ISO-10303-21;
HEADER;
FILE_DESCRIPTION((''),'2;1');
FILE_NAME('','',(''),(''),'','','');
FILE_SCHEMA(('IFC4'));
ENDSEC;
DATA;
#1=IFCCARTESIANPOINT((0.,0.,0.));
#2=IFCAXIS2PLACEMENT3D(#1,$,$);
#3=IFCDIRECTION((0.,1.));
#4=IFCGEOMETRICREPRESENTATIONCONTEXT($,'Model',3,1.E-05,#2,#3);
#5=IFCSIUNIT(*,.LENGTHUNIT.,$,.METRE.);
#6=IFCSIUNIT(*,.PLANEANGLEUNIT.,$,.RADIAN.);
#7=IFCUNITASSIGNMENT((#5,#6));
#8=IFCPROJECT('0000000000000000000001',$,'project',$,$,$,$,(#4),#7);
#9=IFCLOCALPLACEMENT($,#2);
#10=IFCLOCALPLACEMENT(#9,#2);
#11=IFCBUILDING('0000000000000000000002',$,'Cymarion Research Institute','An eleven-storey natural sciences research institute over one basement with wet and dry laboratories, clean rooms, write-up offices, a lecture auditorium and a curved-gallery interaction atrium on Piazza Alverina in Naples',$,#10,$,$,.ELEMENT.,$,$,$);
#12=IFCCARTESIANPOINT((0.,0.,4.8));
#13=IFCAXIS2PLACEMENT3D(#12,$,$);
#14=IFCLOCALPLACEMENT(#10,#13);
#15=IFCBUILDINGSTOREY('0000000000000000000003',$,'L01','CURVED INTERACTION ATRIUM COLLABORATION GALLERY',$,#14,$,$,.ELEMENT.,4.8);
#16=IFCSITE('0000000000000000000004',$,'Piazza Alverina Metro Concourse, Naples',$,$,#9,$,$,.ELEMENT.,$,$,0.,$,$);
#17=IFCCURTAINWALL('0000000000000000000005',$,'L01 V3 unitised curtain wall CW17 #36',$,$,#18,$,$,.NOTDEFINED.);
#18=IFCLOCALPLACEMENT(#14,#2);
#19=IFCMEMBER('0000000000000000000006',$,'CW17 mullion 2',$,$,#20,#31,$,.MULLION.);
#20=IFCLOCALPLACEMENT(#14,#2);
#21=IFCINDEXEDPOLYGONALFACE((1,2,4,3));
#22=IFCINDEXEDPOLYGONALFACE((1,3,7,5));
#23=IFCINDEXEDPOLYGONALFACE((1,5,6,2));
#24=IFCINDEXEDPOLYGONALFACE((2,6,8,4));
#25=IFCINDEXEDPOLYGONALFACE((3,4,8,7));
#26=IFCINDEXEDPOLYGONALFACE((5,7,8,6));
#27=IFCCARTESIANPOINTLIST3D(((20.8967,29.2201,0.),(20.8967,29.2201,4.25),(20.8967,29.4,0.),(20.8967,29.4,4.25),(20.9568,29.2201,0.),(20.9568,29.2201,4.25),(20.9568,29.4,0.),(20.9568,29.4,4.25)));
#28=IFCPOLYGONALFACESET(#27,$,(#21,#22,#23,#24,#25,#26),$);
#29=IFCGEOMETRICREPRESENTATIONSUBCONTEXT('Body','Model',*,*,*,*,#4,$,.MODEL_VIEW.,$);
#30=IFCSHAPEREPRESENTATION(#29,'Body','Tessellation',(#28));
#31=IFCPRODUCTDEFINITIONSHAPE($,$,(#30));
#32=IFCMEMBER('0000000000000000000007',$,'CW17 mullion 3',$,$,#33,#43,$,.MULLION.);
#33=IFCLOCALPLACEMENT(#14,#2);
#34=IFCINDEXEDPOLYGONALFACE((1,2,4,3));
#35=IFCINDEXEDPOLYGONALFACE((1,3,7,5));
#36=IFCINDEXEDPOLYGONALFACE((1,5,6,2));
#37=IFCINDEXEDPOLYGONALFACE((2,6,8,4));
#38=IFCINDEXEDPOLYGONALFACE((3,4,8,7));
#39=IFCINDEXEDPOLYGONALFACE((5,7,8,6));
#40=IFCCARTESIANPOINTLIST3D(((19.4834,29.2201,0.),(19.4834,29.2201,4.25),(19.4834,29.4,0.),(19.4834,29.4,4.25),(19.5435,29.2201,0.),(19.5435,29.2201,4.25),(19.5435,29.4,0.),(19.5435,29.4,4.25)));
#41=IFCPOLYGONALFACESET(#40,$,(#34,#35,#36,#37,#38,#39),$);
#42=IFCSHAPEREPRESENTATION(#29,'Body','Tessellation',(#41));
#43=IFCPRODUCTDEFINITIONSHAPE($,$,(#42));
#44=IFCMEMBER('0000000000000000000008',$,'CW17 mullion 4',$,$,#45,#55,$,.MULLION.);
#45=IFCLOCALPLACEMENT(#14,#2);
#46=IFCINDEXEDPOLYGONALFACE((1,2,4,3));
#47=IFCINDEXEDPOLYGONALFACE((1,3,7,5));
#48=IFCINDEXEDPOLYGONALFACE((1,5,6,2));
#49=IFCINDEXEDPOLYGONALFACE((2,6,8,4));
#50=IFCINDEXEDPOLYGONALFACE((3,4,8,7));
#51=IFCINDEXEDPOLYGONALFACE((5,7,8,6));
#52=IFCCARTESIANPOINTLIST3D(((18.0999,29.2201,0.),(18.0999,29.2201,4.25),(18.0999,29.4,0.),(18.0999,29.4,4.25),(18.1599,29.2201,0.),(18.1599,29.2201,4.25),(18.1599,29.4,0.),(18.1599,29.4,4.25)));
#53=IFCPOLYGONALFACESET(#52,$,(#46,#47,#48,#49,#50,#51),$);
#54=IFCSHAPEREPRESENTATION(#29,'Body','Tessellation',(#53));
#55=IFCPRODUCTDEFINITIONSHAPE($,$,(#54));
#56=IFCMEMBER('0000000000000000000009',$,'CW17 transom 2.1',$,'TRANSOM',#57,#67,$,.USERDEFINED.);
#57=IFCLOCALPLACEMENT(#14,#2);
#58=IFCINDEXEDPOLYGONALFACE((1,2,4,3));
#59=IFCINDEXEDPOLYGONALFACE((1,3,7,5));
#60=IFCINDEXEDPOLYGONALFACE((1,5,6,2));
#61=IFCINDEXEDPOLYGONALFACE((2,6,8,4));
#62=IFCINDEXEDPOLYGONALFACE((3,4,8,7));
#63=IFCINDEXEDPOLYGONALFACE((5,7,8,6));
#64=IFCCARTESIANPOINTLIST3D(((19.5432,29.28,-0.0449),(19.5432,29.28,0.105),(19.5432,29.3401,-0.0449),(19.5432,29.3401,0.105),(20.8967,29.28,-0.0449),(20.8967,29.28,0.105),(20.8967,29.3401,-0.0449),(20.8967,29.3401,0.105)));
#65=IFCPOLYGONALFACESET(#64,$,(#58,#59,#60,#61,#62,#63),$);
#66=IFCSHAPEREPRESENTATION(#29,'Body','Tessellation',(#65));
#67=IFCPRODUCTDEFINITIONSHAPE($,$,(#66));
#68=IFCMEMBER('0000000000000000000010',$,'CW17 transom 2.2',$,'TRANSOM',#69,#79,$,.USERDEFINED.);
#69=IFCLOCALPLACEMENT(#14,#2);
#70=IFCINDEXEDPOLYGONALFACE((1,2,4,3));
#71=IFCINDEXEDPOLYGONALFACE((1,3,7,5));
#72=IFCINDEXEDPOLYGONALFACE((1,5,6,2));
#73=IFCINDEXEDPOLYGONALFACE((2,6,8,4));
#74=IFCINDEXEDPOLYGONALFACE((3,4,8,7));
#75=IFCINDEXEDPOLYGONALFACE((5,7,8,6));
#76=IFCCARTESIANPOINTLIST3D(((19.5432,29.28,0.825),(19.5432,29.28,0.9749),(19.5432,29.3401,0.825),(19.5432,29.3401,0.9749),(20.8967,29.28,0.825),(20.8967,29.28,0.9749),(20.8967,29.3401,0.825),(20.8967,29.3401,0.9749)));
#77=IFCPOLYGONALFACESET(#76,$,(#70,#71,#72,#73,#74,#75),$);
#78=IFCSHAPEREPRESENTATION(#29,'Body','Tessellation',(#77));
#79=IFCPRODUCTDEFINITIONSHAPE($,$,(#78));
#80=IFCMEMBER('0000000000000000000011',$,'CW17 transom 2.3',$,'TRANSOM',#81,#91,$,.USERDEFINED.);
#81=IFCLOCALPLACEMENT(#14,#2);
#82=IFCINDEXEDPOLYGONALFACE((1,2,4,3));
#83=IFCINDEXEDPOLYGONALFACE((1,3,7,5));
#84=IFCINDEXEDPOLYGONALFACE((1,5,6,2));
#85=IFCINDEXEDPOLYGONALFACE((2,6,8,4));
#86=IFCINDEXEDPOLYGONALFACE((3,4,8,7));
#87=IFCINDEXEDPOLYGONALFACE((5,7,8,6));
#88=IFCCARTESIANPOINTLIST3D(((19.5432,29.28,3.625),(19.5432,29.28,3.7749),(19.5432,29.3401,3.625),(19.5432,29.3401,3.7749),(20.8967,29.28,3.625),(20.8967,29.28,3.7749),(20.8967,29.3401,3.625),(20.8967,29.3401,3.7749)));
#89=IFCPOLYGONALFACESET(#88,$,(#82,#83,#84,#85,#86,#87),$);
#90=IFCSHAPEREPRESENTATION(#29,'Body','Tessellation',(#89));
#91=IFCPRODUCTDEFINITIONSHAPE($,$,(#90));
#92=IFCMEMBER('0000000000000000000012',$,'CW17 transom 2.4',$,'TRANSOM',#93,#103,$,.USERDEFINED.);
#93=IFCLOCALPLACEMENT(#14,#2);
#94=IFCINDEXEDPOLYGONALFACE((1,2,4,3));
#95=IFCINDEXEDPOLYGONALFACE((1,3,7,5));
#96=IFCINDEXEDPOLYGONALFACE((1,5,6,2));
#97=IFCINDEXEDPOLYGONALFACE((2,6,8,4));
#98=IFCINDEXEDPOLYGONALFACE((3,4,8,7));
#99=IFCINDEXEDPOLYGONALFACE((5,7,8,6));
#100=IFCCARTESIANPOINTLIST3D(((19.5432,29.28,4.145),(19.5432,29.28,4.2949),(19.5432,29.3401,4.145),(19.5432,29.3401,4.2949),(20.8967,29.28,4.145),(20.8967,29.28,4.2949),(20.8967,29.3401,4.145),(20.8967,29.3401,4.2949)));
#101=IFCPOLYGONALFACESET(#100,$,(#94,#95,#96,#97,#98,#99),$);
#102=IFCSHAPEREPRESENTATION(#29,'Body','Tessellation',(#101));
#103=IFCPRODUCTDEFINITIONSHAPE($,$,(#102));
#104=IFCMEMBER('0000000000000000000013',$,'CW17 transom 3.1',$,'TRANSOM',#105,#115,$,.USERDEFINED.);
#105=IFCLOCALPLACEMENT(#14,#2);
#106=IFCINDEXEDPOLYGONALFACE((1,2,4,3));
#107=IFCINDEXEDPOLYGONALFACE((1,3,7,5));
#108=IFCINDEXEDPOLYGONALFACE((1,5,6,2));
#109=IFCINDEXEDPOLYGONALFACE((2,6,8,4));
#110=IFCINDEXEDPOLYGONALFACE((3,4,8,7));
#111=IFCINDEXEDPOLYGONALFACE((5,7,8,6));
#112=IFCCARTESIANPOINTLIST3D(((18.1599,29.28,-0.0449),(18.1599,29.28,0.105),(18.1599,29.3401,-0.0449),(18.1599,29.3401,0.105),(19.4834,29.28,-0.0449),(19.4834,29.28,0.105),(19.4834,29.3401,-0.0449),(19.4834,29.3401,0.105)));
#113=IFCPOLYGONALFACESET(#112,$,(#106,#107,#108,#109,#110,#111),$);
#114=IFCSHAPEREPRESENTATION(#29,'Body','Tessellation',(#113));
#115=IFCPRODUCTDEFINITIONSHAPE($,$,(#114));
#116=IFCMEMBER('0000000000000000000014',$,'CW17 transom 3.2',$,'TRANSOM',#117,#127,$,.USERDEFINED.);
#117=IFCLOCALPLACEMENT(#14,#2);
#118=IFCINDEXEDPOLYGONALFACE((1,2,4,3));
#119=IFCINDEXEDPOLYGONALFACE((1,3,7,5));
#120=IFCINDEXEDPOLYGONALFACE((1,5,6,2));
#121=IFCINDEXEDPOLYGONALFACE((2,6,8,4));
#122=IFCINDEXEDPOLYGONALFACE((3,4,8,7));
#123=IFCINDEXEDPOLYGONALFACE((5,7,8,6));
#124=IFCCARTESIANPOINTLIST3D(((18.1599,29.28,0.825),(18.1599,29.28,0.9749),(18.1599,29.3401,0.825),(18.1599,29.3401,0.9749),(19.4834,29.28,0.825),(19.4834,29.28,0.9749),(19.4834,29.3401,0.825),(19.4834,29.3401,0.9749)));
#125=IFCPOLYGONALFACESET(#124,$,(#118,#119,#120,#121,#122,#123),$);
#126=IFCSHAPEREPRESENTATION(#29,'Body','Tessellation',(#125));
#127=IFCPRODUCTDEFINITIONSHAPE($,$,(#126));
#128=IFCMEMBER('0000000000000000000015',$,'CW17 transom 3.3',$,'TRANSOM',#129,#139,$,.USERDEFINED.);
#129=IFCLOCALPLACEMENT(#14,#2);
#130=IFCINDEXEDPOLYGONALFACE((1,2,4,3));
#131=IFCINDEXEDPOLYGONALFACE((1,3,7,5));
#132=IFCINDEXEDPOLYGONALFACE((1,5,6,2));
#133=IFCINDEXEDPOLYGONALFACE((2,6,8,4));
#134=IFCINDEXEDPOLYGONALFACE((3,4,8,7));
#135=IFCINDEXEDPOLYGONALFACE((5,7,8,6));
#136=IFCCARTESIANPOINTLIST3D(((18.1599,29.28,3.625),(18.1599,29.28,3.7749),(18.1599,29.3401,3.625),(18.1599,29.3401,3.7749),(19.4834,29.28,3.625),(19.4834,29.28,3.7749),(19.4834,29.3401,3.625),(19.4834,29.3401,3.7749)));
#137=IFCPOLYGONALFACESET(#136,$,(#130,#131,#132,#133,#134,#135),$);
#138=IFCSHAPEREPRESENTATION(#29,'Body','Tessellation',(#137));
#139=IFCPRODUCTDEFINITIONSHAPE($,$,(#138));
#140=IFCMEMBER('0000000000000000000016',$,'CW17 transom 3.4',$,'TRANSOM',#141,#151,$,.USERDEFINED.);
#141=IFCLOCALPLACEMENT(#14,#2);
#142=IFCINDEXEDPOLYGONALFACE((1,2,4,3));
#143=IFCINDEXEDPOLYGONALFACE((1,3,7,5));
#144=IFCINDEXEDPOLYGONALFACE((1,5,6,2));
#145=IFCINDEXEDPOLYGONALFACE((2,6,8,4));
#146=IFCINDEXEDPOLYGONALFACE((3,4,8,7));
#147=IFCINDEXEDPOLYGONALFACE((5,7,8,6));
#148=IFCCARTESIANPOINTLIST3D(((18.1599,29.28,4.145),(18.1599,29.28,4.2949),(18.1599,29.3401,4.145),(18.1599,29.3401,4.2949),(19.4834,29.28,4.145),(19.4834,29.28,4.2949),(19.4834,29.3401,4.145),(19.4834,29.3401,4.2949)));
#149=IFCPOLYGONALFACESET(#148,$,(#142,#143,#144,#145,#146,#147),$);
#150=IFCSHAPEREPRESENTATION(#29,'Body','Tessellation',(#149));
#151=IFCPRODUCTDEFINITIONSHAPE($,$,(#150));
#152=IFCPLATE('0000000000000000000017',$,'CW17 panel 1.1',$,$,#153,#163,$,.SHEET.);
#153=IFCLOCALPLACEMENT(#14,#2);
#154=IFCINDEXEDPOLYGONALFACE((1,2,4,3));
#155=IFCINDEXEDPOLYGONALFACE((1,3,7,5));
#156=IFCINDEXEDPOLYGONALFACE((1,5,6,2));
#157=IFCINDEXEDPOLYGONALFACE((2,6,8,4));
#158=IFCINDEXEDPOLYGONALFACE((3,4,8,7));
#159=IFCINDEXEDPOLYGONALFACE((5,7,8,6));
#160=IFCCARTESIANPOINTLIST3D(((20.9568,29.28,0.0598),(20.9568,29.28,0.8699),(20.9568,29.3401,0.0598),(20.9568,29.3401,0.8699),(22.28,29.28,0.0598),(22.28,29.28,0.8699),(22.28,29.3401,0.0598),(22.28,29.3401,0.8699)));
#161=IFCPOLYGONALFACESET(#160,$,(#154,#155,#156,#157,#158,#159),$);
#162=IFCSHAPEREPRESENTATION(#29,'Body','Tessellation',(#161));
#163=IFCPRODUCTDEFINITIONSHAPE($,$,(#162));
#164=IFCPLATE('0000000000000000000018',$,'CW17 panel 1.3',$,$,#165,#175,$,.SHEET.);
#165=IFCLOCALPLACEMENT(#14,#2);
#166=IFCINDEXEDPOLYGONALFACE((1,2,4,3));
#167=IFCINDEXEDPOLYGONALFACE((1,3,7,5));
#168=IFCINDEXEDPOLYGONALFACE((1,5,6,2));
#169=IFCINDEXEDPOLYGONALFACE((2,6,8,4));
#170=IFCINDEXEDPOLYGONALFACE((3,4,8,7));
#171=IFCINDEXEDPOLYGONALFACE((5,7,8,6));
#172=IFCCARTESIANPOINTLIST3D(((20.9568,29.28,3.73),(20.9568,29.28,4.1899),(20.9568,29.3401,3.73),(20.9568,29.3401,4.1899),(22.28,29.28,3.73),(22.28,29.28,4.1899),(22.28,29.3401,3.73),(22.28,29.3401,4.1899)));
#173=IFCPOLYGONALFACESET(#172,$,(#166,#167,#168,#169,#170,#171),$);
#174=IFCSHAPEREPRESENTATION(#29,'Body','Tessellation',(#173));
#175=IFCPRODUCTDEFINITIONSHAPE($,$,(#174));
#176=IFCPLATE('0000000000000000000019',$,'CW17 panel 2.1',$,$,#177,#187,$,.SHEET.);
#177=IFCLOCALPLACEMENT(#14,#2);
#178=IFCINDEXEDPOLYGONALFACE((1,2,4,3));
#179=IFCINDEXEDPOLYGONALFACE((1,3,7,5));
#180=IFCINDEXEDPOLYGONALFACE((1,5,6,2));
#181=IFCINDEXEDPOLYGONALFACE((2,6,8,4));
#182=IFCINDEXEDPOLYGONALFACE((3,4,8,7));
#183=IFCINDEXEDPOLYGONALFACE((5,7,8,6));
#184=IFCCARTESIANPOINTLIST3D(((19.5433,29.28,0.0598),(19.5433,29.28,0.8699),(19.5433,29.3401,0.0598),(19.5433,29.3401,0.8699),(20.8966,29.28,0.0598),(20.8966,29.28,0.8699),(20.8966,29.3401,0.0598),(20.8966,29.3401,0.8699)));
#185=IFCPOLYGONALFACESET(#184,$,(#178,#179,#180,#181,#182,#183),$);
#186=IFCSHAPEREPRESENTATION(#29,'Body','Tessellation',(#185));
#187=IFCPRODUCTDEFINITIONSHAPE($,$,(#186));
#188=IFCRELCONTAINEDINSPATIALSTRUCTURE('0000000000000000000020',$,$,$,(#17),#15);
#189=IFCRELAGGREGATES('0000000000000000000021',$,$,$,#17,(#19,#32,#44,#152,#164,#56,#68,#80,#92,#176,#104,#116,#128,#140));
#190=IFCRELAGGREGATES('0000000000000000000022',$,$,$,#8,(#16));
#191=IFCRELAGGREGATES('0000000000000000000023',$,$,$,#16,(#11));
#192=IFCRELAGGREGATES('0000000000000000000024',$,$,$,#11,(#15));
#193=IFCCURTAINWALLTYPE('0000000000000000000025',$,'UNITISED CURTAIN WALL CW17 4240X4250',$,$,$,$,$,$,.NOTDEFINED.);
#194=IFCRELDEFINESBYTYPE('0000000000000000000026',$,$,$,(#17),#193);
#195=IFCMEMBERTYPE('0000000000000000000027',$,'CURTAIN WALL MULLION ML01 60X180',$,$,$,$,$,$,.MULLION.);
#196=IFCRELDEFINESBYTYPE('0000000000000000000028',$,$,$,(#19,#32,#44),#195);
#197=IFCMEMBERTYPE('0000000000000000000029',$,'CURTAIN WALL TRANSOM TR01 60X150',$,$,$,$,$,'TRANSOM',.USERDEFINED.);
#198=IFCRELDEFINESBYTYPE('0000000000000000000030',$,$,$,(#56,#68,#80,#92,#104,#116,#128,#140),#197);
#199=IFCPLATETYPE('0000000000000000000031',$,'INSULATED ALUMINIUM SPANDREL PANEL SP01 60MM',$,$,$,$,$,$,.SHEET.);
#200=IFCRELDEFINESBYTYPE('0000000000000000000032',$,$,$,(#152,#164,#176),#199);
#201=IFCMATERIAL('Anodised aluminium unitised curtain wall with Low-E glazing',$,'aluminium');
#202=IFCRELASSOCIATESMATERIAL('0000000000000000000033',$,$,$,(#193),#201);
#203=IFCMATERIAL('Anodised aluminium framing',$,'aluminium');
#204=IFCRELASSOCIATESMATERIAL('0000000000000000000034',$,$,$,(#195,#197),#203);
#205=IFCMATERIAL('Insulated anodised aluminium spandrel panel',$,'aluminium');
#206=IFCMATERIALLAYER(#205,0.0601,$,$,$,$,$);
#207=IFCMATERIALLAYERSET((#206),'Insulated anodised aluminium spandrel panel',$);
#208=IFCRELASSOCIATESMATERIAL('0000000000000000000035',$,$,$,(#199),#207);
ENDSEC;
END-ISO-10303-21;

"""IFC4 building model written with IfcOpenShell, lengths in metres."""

from ifc_helpers import new_model, si_unit, direction, frame, origin, origin_2d, place, context, subcontext, project, spatial, rectangle, extrude, material, layer, layer_set, material_profile, profile_set, type_object, element, aggregate, save


model = new_model("IFC4")

# Units and contexts
model_context = context("Model", 3, precision=1e-05, world=origin(), true_north=direction((0.0, 1.0)))
body_context = subcontext(model_context, "Body", "Model", "MODEL_VIEW")
ifc_project = project(units=[si_unit("LENGTHUNIT", "METRE"), si_unit("PLANEANGLEUNIT", "RADIAN")], contexts=[model_context])

# Site, building, storey
site_placement = place(None, origin())
site = spatial("IfcSite", under=ifc_project, at=site_placement, Name="Piazza Alverina Metro Concourse, Naples", CompositionType="ELEMENT", RefElevation=0.0)
building_placement = place(site_placement, origin())
building = spatial("IfcBuilding", under=site, at=building_placement, Name="Cymarion Research Institute", Description="An eleven-storey natural sciences research institute over one basement with wet and dry laboratories, clean rooms, write-up offices, a lecture auditorium and a curved-gallery interaction atrium on Piazza Alverina in Naples", CompositionType="ELEMENT")
storey_placement = place(building_placement, frame((0.0, 0.0, 4.8)))
storey = spatial("IfcBuildingStorey", under=building, at=storey_placement, Name="L01", Description="CURVED INTERACTION ATRIUM COLLABORATION GALLERY", CompositionType="ELEMENT", Elevation=4.8)

# Curtain wall, members, plates
ifc_material_1 = material(Name="Anodised aluminium unitised curtain wall with Low-E glazing", Category="aluminium")
curtain_wall_type = type_object("IfcCurtainWallType", Name="UNITISED CURTAIN WALL CW17 4240X4250", PredefinedType="NOTDEFINED", material=ifc_material_1)
curtain_wall_placement = place(storey_placement, origin())
curtain_wall = element("IfcCurtainWall", 1, at=curtain_wall_placement, inside=storey, type_object=curtain_wall_type, Name="L01 V3 unitised curtain wall CW17 #36", PredefinedType="NOTDEFINED")
ifc_material_2 = material(Name="Anodised aluminium framing", Category="aluminium")
ifc_material_profile_1 = material_profile(ifc_material_2, rectangle(XDim=0.0601, YDim=0.1799, at=origin_2d()), Name="ALU MULLION 60x180")
ifc_profile_set_1 = profile_set([ifc_material_profile_1], Name="Anodised aluminium framing")
member_type_1 = type_object("IfcMemberType", Name="CURTAIN WALL MULLION ML01 60X180", PredefinedType="MULLION", material=ifc_profile_set_1)
member_1_placement = place(storey_placement, frame((20.9268, 29.3101, 0.0), z_axis=(0.0, 0.0, 1.0), x_axis=(-1.0, 0.0, 0.0)))
member_1 = element("IfcMember", 2, at=member_1_placement, type_object=member_type_1, Name="CW17 mullion 2", PredefinedType="MULLION", context=body_context, shape_type="SweptSolid", body=[
    extrude(rectangle(XDim=0.0601, YDim=0.1799, at=origin_2d()), origin(), (0.0, 0.0, 1.0), 4.25),
])
member_2_placement = place(storey_placement, frame((19.5134, 29.3101, 0.0), z_axis=(0.0, 0.0, 1.0), x_axis=(-1.0, 0.0, 0.0)))
member_2 = element("IfcMember", 3, at=member_2_placement, type_object=member_type_1, Name="CW17 mullion 3", PredefinedType="MULLION", context=body_context, shape_type="SweptSolid", body=[
    extrude(rectangle(XDim=0.0601, YDim=0.1799, at=origin_2d()), origin(), (0.0, 0.0, 1.0), 4.25),
])
member_3_placement = place(storey_placement, frame((18.1299, 29.3101, 0.0), z_axis=(0.0, 0.0, 1.0), x_axis=(-1.0, 0.0, 0.0)))
member_3 = element("IfcMember", 4, at=member_3_placement, type_object=member_type_1, Name="CW17 mullion 4", PredefinedType="MULLION", context=body_context, shape_type="SweptSolid", body=[
    extrude(rectangle(XDim=0.0601, YDim=0.1799, at=origin_2d()), origin(), (0.0, 0.0, 1.0), 4.25),
])
ifc_material_profile_2 = material_profile(ifc_material_2, rectangle(XDim=0.0601, YDim=0.1499, at=origin_2d()), Name="ALU TRANSOM 60x150")
ifc_profile_set_2 = profile_set([ifc_material_profile_2], Name="Anodised aluminium framing")
member_type_2 = type_object("IfcMemberType", Name="CURTAIN WALL TRANSOM TR01 60X150", ElementType="TRANSOM", PredefinedType="USERDEFINED", material=ifc_profile_set_2)
member_4_placement = place(storey_placement, frame((20.8967, 29.3101, 0.03), z_axis=(-1.0, 0.0, 0.0), x_axis=(0.0, -1.0, 0.0)))
member_4 = element("IfcMember", 5, at=member_4_placement, type_object=member_type_2, Name="CW17 transom 2.1", ObjectType="TRANSOM", PredefinedType="USERDEFINED", context=body_context, shape_type="SweptSolid", body=[
    extrude(rectangle(XDim=0.0601, YDim=0.1499, at=origin_2d()), origin(), (0.0, 0.0, 1.0), 1.3535),
])
member_5_placement = place(storey_placement, frame((20.8967, 29.3101, 0.8999), z_axis=(-1.0, 0.0, 0.0), x_axis=(0.0, -1.0, 0.0)))
member_5 = element("IfcMember", 6, at=member_5_placement, type_object=member_type_2, Name="CW17 transom 2.2", ObjectType="TRANSOM", PredefinedType="USERDEFINED", context=body_context, shape_type="SweptSolid", body=[
    extrude(rectangle(XDim=0.0601, YDim=0.1499, at=origin_2d()), origin(), (0.0, 0.0, 1.0), 1.3535),
])
member_6_placement = place(storey_placement, frame((20.8967, 29.3101, 3.7), z_axis=(-1.0, 0.0, 0.0), x_axis=(0.0, -1.0, 0.0)))
member_6 = element("IfcMember", 7, at=member_6_placement, type_object=member_type_2, Name="CW17 transom 2.3", ObjectType="TRANSOM", PredefinedType="USERDEFINED", context=body_context, shape_type="SweptSolid", body=[
    extrude(rectangle(XDim=0.0601, YDim=0.1499, at=origin_2d()), origin(), (0.0, 0.0, 1.0), 1.3535),
])
member_7_placement = place(storey_placement, frame((20.8967, 29.3101, 4.22), z_axis=(-1.0, 0.0, 0.0), x_axis=(0.0, -1.0, 0.0)))
member_7 = element("IfcMember", 8, at=member_7_placement, type_object=member_type_2, Name="CW17 transom 2.4", ObjectType="TRANSOM", PredefinedType="USERDEFINED", context=body_context, shape_type="SweptSolid", body=[
    extrude(rectangle(XDim=0.0601, YDim=0.1499, at=origin_2d()), origin(), (0.0, 0.0, 1.0), 1.3535),
])
member_8_placement = place(storey_placement, frame((19.4834, 29.3101, 0.03), z_axis=(-1.0, 0.0, 0.0), x_axis=(0.0, -1.0, 0.0)))
member_8 = element("IfcMember", 9, at=member_8_placement, type_object=member_type_2, Name="CW17 transom 3.1", ObjectType="TRANSOM", PredefinedType="USERDEFINED", context=body_context, shape_type="SweptSolid", body=[
    extrude(rectangle(XDim=0.0601, YDim=0.1499, at=origin_2d()), origin(), (0.0, 0.0, 1.0), 1.3235),
])
member_9_placement = place(storey_placement, frame((19.4834, 29.3101, 0.8999), z_axis=(-1.0, 0.0, 0.0), x_axis=(0.0, -1.0, 0.0)))
member_9 = element("IfcMember", 10, at=member_9_placement, type_object=member_type_2, Name="CW17 transom 3.2", ObjectType="TRANSOM", PredefinedType="USERDEFINED", context=body_context, shape_type="SweptSolid", body=[
    extrude(rectangle(XDim=0.0601, YDim=0.1499, at=origin_2d()), origin(), (0.0, 0.0, 1.0), 1.3235),
])
member_10_placement = place(storey_placement, frame((19.4834, 29.3101, 3.7), z_axis=(-1.0, 0.0, 0.0), x_axis=(0.0, -1.0, 0.0)))
member_10 = element("IfcMember", 11, at=member_10_placement, type_object=member_type_2, Name="CW17 transom 3.3", ObjectType="TRANSOM", PredefinedType="USERDEFINED", context=body_context, shape_type="SweptSolid", body=[
    extrude(rectangle(XDim=0.0601, YDim=0.1499, at=origin_2d()), origin(), (0.0, 0.0, 1.0), 1.3235),
])
member_11_placement = place(storey_placement, frame((19.4834, 29.3101, 4.22), z_axis=(-1.0, 0.0, 0.0), x_axis=(0.0, -1.0, 0.0)))
member_11 = element("IfcMember", 12, at=member_11_placement, type_object=member_type_2, Name="CW17 transom 3.4", ObjectType="TRANSOM", PredefinedType="USERDEFINED", context=body_context, shape_type="SweptSolid", body=[
    extrude(rectangle(XDim=0.0601, YDim=0.1499, at=origin_2d()), origin(), (0.0, 0.0, 1.0), 1.3235),
])
ifc_material_3 = material(Name="Insulated anodised aluminium spandrel panel", Category="aluminium")
ifc_layer_1 = layer(ifc_material_3, 0.0601)
ifc_layer_set_1 = layer_set([ifc_layer_1], Name="Insulated anodised aluminium spandrel panel")
plate_type_1 = type_object("IfcPlateType", Name="INSULATED ALUMINIUM SPANDREL PANEL SP01 60MM", PredefinedType="SHEET", material=ifc_layer_set_1)
plate_1_placement = place(storey_placement, frame((21.6184, 29.3101, 0.0598), z_axis=(0.0, 0.0, 1.0), x_axis=(-1.0, 0.0, 0.0)))
plate_1 = element("IfcPlate", 13, at=plate_1_placement, type_object=plate_type_1, Name="CW17 panel 1.1", PredefinedType="SHEET", context=body_context, shape_type="SweptSolid", body=[
    extrude(rectangle(XDim=1.3232, YDim=0.0601, at=origin_2d()), origin(), (0.0, 0.0, 1.0), 0.8101),
])
plate_2_placement = place(storey_placement, frame((21.6184, 29.3101, 3.73), z_axis=(0.0, 0.0, 1.0), x_axis=(-1.0, 0.0, 0.0)))
plate_2 = element("IfcPlate", 14, at=plate_2_placement, type_object=plate_type_1, Name="CW17 panel 1.3", PredefinedType="SHEET", context=body_context, shape_type="SweptSolid", body=[
    extrude(rectangle(XDim=1.3232, YDim=0.0601, at=origin_2d()), origin(), (0.0, 0.0, 1.0), 0.46),
])
plate_3_placement = place(storey_placement, frame((20.22, 29.3101, 0.0598), z_axis=(0.0, 0.0, 1.0), x_axis=(-1.0, 0.0, 0.0)))
plate_3 = element("IfcPlate", 15, at=plate_3_placement, type_object=plate_type_1, Name="CW17 panel 2.1", PredefinedType="SHEET", context=body_context, shape_type="SweptSolid", body=[
    extrude(rectangle(XDim=1.3533, YDim=0.0601, at=origin_2d()), origin(), (0.0, 0.0, 1.0), 0.8101),
])
aggregate(curtain_wall, [member_1, member_2, member_3, plate_1, plate_2, member_4, member_5, member_6, member_7, plate_3, member_8, member_9, member_10, member_11])

save(model, "model.ifc")
